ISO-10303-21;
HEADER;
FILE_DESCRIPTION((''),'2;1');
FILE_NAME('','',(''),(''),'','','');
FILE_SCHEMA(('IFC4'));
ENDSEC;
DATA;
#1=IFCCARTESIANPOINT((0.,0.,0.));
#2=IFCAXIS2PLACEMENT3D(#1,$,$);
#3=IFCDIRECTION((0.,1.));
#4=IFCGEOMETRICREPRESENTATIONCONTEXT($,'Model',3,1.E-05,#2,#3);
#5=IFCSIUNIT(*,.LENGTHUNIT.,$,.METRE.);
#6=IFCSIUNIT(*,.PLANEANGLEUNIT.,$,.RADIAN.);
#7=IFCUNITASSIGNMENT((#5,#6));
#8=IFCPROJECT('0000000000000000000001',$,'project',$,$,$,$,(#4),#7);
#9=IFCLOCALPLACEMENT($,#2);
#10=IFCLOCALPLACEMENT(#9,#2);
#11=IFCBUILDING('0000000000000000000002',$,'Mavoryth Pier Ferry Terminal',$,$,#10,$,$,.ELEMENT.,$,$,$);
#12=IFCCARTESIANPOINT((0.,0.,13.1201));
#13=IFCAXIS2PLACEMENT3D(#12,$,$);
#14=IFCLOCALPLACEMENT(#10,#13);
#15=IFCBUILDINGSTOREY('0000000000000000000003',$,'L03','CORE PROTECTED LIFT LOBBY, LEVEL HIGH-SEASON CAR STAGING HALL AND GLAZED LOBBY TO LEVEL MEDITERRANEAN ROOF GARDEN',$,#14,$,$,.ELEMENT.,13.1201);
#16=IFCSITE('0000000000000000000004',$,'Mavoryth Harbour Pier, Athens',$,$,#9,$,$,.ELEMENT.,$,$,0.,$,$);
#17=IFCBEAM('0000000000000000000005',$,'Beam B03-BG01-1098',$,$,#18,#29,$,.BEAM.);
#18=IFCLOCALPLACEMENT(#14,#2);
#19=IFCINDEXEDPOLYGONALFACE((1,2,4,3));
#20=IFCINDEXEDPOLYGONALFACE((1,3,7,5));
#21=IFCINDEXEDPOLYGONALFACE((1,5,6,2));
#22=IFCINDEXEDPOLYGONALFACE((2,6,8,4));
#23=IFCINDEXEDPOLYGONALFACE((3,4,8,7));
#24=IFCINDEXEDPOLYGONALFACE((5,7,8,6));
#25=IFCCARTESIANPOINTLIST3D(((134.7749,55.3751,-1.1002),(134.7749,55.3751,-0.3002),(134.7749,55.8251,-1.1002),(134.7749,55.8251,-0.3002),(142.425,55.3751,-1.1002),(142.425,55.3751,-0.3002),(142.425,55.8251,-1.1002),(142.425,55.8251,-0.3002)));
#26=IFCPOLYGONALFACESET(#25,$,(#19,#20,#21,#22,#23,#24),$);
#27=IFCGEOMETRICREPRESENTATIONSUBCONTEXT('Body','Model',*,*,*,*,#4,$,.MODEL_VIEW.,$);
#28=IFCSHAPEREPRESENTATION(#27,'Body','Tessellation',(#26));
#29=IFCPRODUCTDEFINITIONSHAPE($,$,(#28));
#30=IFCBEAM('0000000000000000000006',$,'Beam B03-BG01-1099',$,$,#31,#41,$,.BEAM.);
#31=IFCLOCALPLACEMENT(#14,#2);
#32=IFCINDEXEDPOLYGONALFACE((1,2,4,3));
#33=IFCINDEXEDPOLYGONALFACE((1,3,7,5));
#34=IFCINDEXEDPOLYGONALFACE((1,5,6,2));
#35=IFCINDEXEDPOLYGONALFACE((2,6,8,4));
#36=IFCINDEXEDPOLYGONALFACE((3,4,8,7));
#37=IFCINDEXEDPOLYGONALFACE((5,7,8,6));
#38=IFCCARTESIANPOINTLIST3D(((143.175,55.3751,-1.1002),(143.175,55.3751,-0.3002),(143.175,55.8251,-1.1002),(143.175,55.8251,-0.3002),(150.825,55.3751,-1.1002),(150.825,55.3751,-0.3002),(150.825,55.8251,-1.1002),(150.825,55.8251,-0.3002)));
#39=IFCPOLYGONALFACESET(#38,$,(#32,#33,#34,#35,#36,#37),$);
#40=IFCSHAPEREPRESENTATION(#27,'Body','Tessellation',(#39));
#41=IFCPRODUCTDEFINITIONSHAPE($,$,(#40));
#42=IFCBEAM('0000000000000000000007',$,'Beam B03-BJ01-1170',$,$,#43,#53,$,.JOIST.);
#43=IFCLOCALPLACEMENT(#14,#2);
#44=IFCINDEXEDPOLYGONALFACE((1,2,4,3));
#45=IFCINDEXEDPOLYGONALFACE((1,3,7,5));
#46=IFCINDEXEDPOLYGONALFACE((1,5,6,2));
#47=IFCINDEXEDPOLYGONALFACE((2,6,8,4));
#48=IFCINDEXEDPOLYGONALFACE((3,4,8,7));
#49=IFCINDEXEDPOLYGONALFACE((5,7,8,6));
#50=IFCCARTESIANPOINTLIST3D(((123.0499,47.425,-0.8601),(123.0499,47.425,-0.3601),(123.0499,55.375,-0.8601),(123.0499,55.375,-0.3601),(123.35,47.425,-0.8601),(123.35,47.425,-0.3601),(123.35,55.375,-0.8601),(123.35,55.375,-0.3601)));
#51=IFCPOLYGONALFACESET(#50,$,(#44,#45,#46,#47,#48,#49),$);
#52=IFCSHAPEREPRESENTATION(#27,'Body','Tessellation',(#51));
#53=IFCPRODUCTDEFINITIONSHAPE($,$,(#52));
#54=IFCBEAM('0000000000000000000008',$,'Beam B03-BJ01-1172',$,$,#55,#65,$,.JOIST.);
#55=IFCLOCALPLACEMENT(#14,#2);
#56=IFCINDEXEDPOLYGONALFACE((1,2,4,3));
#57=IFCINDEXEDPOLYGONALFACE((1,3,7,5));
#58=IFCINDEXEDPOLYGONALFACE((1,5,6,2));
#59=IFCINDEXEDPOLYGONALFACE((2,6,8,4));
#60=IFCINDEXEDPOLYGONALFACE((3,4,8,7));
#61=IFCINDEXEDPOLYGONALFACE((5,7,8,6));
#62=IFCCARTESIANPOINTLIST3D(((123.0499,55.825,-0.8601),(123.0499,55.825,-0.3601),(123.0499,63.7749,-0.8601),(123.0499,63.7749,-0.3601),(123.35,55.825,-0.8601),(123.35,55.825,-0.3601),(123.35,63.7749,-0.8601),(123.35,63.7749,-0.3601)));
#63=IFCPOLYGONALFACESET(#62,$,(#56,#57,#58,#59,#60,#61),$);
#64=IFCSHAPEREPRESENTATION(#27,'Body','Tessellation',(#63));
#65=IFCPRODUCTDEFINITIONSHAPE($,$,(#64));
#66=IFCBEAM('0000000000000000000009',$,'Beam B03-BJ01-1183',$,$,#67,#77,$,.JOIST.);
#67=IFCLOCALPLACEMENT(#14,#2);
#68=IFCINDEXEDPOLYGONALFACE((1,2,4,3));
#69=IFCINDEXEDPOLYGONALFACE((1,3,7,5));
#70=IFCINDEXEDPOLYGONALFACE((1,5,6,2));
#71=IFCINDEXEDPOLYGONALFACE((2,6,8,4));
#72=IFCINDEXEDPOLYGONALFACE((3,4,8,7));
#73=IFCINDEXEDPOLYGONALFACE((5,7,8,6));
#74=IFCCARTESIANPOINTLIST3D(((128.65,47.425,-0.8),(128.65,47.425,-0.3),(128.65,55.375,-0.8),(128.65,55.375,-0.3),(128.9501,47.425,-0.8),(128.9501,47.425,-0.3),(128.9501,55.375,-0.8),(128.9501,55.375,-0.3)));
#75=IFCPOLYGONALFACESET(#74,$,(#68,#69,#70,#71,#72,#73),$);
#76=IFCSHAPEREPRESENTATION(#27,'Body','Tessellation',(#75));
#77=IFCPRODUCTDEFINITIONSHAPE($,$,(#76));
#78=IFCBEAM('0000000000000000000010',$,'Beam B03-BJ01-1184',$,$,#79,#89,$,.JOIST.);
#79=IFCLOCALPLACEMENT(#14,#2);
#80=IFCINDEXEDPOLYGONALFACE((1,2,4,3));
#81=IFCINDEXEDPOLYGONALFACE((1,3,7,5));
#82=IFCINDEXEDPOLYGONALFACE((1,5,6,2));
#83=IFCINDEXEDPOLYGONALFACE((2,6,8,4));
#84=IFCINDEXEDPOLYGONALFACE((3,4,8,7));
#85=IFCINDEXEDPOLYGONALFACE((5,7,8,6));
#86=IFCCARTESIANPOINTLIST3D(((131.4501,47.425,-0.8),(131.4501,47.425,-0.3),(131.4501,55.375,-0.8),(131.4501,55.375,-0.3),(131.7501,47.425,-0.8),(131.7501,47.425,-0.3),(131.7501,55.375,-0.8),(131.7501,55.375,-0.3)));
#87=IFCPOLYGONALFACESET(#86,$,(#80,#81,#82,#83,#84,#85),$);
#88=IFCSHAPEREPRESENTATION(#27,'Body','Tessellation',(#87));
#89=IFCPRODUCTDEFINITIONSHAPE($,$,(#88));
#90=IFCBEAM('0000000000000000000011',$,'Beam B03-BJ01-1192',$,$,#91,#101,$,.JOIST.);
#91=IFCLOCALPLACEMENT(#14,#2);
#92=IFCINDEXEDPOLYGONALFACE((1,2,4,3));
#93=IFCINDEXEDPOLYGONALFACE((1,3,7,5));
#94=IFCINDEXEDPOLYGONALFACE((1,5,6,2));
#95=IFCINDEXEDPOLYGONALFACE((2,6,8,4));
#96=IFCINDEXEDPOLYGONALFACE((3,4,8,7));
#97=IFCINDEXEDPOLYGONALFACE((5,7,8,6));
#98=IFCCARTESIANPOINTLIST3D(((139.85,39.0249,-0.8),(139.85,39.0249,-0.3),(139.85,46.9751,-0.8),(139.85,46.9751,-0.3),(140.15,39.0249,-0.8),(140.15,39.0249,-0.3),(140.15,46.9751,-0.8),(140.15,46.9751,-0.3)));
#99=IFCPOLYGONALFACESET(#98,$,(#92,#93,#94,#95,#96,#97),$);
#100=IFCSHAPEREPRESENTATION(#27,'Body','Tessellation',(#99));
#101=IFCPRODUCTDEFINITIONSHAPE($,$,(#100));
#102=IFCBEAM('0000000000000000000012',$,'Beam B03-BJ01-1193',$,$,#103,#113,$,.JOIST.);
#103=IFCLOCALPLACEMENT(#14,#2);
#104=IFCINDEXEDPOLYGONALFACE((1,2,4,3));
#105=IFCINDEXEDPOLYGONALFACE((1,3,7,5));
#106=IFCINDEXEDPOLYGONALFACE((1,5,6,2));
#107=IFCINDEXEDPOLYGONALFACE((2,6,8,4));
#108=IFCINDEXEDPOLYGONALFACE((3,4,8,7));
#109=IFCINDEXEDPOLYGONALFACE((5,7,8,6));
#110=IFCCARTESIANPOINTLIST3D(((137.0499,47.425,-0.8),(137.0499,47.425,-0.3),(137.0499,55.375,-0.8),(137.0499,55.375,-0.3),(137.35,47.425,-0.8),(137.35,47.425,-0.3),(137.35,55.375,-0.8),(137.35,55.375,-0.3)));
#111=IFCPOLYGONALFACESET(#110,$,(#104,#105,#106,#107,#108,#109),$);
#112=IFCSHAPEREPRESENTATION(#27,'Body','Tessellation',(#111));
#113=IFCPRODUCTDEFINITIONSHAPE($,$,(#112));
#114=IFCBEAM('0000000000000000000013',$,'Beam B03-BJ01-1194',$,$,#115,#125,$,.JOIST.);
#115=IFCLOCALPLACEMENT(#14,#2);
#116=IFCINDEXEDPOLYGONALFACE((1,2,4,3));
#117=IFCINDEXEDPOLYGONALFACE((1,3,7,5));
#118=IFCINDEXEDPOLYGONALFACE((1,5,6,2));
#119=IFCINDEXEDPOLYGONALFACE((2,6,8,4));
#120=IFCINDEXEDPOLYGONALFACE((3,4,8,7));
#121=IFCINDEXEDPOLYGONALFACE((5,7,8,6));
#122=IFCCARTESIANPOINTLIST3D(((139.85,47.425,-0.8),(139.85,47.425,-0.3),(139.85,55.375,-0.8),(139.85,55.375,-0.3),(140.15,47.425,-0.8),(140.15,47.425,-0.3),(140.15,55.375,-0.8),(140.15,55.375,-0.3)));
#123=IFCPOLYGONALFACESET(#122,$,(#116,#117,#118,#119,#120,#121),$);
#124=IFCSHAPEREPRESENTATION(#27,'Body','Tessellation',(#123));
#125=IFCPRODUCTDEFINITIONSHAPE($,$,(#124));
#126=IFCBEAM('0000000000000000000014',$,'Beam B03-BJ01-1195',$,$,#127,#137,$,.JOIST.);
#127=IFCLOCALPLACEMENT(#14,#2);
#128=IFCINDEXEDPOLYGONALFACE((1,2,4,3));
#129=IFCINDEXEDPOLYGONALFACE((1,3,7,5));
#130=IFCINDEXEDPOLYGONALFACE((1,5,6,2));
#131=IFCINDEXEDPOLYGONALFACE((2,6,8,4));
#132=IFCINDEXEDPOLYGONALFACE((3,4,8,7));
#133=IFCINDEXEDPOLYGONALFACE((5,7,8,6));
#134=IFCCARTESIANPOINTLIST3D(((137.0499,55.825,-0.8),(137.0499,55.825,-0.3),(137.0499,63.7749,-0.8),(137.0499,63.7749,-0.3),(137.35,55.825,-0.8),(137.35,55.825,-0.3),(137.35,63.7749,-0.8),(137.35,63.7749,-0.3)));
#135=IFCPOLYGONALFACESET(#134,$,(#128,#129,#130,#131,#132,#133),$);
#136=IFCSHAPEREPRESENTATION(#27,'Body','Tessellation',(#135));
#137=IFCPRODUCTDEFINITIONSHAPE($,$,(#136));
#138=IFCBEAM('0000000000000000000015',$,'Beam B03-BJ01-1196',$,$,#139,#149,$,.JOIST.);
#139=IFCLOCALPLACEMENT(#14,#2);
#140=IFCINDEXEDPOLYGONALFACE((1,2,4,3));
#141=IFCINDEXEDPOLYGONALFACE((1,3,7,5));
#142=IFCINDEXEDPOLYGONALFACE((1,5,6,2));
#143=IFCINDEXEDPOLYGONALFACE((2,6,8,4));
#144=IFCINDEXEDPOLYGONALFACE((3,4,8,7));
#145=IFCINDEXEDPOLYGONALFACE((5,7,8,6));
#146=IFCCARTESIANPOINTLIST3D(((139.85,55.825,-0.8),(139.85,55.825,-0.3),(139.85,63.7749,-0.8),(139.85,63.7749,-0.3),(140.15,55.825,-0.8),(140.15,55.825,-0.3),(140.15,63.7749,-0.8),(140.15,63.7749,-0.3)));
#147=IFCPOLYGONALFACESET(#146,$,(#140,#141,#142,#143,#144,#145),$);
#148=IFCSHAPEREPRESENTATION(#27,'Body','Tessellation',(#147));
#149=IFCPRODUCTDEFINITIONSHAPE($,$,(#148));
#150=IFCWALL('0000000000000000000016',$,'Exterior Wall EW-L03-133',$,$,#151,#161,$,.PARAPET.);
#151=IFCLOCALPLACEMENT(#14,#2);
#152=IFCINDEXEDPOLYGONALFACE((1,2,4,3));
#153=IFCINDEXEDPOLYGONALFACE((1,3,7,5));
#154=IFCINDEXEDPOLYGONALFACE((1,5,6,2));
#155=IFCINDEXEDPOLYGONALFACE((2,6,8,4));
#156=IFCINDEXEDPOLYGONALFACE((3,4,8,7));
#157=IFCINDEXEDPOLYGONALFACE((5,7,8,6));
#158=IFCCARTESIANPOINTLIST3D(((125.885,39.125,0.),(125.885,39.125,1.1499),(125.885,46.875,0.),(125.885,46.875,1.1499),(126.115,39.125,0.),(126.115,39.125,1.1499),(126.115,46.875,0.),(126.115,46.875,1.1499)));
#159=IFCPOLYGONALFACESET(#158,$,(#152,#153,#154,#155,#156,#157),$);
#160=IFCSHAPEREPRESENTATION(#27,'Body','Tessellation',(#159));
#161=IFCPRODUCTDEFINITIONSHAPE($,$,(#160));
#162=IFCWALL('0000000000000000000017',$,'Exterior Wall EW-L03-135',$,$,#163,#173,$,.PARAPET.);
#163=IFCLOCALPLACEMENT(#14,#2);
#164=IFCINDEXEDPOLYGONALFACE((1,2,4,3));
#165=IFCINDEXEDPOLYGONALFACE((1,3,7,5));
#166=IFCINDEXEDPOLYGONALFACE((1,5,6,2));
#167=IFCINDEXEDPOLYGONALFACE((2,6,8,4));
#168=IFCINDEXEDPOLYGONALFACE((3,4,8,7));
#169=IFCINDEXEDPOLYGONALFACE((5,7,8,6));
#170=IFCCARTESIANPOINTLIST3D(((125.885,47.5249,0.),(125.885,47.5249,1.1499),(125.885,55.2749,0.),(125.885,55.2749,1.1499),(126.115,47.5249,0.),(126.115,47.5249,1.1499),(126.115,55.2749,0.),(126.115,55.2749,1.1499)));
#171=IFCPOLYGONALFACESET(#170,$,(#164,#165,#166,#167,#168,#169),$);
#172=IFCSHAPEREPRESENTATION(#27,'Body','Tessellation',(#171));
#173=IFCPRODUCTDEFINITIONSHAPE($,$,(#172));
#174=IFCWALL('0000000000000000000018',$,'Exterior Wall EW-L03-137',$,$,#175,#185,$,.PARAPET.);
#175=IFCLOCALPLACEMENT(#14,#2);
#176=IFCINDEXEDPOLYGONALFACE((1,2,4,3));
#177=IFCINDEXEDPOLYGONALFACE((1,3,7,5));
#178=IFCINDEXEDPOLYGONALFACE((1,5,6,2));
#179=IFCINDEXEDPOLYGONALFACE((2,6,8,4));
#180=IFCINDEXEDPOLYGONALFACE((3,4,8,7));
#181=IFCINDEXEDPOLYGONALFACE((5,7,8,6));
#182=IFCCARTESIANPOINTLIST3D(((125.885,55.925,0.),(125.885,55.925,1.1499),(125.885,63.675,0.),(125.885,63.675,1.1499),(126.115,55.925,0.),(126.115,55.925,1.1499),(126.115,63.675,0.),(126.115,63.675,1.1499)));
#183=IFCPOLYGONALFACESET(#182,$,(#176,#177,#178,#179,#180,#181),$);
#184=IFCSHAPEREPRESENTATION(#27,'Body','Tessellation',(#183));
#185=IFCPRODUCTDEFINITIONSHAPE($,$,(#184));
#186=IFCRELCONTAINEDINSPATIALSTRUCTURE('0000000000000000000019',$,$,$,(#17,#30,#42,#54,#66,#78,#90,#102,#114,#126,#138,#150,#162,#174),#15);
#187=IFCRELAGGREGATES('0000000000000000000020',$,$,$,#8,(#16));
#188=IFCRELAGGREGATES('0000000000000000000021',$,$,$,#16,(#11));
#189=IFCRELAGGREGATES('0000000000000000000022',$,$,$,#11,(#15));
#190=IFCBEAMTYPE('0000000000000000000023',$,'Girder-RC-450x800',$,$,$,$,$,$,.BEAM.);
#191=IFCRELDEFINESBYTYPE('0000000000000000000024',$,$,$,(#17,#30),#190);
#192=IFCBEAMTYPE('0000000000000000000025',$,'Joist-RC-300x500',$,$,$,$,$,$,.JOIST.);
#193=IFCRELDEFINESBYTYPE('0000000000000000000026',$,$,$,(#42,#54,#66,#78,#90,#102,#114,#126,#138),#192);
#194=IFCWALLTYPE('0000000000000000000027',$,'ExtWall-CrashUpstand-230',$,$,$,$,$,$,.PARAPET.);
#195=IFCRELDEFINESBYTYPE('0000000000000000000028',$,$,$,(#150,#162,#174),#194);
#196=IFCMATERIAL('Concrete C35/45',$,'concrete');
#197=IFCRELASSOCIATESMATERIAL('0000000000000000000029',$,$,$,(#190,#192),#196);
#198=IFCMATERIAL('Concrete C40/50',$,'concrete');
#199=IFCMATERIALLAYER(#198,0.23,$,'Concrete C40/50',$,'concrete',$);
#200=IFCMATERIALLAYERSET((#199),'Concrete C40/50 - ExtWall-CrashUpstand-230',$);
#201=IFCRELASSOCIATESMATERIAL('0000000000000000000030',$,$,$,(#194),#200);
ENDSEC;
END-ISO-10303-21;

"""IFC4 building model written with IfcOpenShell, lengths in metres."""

from ifc_helpers import new_model, si_unit, direction, frame, frame_2d, origin, origin_2d, place, context, subcontext, project, spatial, rectangle, extrude, material, layer, layer_set, material_profile, profile_set, type_object, element, save


model = new_model("IFC4")

# Units and contexts
model_context = context("Model", 3, precision=1e-05, world=origin(), true_north=direction((0.0, 1.0)))
body_context = subcontext(model_context, "Body", "Model", "MODEL_VIEW")
ifc_project = project(units=[si_unit("LENGTHUNIT", "METRE"), si_unit("PLANEANGLEUNIT", "RADIAN")], contexts=[model_context])

# Site, building, storey
site_placement = place(None, origin())
site = spatial("IfcSite", under=ifc_project, at=site_placement, Name="Mavoryth Harbour Pier, Athens", CompositionType="ELEMENT", RefElevation=0.0)
building_placement = place(site_placement, origin())
building = spatial("IfcBuilding", under=site, at=building_placement, Name="Mavoryth Pier Ferry Terminal", CompositionType="ELEMENT")
storey_placement = place(building_placement, frame((0.0, 0.0, 13.1201)))
storey = spatial("IfcBuildingStorey", under=building, at=storey_placement, Name="L03", Description="CORE PROTECTED LIFT LOBBY, LEVEL HIGH-SEASON CAR STAGING HALL AND GLAZED LOBBY TO LEVEL MEDITERRANEAN ROOF GARDEN", CompositionType="ELEMENT", Elevation=13.1201)

# Shared definitions
ifc_material_1 = material(Name="Concrete C40/50", Category="concrete")

# Beams
ifc_material_2 = material(Name="Concrete C35/45", Category="concrete")
ifc_material_profile_1 = material_profile(ifc_material_2, rectangle(XDim=0.45, YDim=0.8, at=origin_2d()), Name="RC 450x800", Category="concrete")
ifc_profile_set_1 = profile_set([ifc_material_profile_1], Name="Concrete C35/45 - RC 450x800")
beam_type_1 = type_object("IfcBeamType", Name="Girder-RC-450x800", PredefinedType="BEAM", material=ifc_profile_set_1)
beam_1_placement = place(storey_placement, frame((134.7749, 55.6001, -0.7002), z_axis=(1.0, 0.0, 0.0), x_axis=(0.0, 1.0, 0.0)))
element("IfcBeam", 1, at=beam_1_placement, inside=storey, type_object=beam_type_1, Name="Beam B03-BG01-1098", PredefinedType="BEAM", context=body_context, shape_type="SweptSolid", body=[
    extrude(rectangle(XDim=0.45, YDim=0.8, at=origin_2d()), origin(), (0.0, 0.0, 1.0), 7.6501),
])
beam_2_placement = place(storey_placement, frame((143.175, 55.6001, -0.7002), z_axis=(1.0, 0.0, 0.0), x_axis=(0.0, 1.0, 0.0)))
element("IfcBeam", 2, at=beam_2_placement, inside=storey, type_object=beam_type_1, Name="Beam B03-BG01-1099", PredefinedType="BEAM", context=body_context, shape_type="SweptSolid", body=[
    extrude(rectangle(XDim=0.45, YDim=0.8, at=origin_2d()), origin(), (0.0, 0.0, 1.0), 7.6499),
])
ifc_material_profile_2 = material_profile(ifc_material_2, rectangle(XDim=0.3, YDim=0.5, at=origin_2d()), Name="RC 300x500", Category="concrete")
ifc_profile_set_2 = profile_set([ifc_material_profile_2], Name="Concrete C35/45 - RC 300x500")
beam_type_2 = type_object("IfcBeamType", Name="Joist-RC-300x500", PredefinedType="JOIST", material=ifc_profile_set_2)
for number, where, z_axis, x_axis, name in (
    (3, (123.2, 47.425, -0.6101), (0.0, 1.0, 0.0), (-1.0, 0.0, 0.0), "Beam B03-BJ01-1170"),
    (4, (123.2, 55.825, -0.6101), (0.0, 1.0, 0.0), (-1.0, 0.0, 0.0), "Beam B03-BJ01-1172"),
    (5, (128.8, 47.425, -0.55), (0.0, 1.0, 0.0), (-1.0, 0.0, 0.0), "Beam B03-BJ01-1183"),
    (6, (131.6001, 47.425, -0.55), (0.0, 1.0, 0.0), (-1.0, 0.0, 0.0), "Beam B03-BJ01-1184"),
):
    element("IfcBeam", number, at=place(storey_placement, frame(where, z_axis=z_axis, x_axis=x_axis)), inside=storey, type_object=beam_type_2, Name=name, PredefinedType="JOIST", context=body_context, shape_type="SweptSolid", body=[
        extrude(rectangle(XDim=0.3, YDim=0.5, at=origin_2d()), origin(), (0.0, 0.0, 1.0), 7.95),
    ])
beam_3_placement = place(storey_placement, frame((140.0, 39.0249, -0.55), z_axis=(0.0, 1.0, 0.0), x_axis=(-1.0, 0.0, 0.0)))
element("IfcBeam", 7, at=beam_3_placement, inside=storey, type_object=beam_type_2, Name="Beam B03-BJ01-1192", PredefinedType="JOIST", context=body_context, shape_type="SweptSolid", body=[
    extrude(rectangle(XDim=0.3, YDim=0.5, at=origin_2d()), origin(), (0.0, 0.0, 1.0), 7.9502),
])
for number, where, z_axis, x_axis, name in (
    (8, (137.2, 47.425, -0.55), (0.0, 1.0, 0.0), (-1.0, 0.0, 0.0), "Beam B03-BJ01-1193"),
    (9, (140.0, 47.425, -0.55), (0.0, 1.0, 0.0), (-1.0, 0.0, 0.0), "Beam B03-BJ01-1194"),
    (10, (137.2, 55.825, -0.55), (0.0, 1.0, 0.0), (-1.0, 0.0, 0.0), "Beam B03-BJ01-1195"),
    (11, (140.0, 55.825, -0.55), (0.0, 1.0, 0.0), (-1.0, 0.0, 0.0), "Beam B03-BJ01-1196"),
):
    element("IfcBeam", number, at=place(storey_placement, frame(where, z_axis=z_axis, x_axis=x_axis)), inside=storey, type_object=beam_type_2, Name=name, PredefinedType="JOIST", context=body_context, shape_type="SweptSolid", body=[
        extrude(rectangle(XDim=0.3, YDim=0.5, at=origin_2d()), origin(), (0.0, 0.0, 1.0), 7.95),
    ])

# Walls
ifc_layer = layer(ifc_material_1, 0.23, Name="Concrete C40/50", Category="concrete")
ifc_layer_set = layer_set([ifc_layer], Name="Concrete C40/50 - ExtWall-CrashUpstand-230")
wall_type = type_object("IfcWallType", Name="ExtWall-CrashUpstand-230", PredefinedType="PARAPET", material=ifc_layer_set)
for number, where, z_axis, x_axis, name in (
    (12, (126.0, 39.125, 0.0), (0.0, 0.0, 1.0), (0.0, 1.0, 0.0), "Exterior Wall EW-L03-133"),
    (13, (126.0, 47.5249, 0.0), (0.0, 0.0, 1.0), (0.0, 1.0, 0.0), "Exterior Wall EW-L03-135"),
    (14, (126.0, 55.925, 0.0), (0.0, 0.0, 1.0), (0.0, 1.0, 0.0), "Exterior Wall EW-L03-137"),
):
    element("IfcWall", number, at=place(storey_placement, frame(where, z_axis=z_axis, x_axis=x_axis)), inside=storey, type_object=wall_type, Name=name, PredefinedType="PARAPET", context=body_context, shape_type="SweptSolid", body=[
        extrude(rectangle(XDim=7.75, YDim=0.23, at=frame_2d((3.875, 0.0))), origin(), (0.0, 0.0, 1.0), 1.1499),
    ])

save(model, "model.ifc")
